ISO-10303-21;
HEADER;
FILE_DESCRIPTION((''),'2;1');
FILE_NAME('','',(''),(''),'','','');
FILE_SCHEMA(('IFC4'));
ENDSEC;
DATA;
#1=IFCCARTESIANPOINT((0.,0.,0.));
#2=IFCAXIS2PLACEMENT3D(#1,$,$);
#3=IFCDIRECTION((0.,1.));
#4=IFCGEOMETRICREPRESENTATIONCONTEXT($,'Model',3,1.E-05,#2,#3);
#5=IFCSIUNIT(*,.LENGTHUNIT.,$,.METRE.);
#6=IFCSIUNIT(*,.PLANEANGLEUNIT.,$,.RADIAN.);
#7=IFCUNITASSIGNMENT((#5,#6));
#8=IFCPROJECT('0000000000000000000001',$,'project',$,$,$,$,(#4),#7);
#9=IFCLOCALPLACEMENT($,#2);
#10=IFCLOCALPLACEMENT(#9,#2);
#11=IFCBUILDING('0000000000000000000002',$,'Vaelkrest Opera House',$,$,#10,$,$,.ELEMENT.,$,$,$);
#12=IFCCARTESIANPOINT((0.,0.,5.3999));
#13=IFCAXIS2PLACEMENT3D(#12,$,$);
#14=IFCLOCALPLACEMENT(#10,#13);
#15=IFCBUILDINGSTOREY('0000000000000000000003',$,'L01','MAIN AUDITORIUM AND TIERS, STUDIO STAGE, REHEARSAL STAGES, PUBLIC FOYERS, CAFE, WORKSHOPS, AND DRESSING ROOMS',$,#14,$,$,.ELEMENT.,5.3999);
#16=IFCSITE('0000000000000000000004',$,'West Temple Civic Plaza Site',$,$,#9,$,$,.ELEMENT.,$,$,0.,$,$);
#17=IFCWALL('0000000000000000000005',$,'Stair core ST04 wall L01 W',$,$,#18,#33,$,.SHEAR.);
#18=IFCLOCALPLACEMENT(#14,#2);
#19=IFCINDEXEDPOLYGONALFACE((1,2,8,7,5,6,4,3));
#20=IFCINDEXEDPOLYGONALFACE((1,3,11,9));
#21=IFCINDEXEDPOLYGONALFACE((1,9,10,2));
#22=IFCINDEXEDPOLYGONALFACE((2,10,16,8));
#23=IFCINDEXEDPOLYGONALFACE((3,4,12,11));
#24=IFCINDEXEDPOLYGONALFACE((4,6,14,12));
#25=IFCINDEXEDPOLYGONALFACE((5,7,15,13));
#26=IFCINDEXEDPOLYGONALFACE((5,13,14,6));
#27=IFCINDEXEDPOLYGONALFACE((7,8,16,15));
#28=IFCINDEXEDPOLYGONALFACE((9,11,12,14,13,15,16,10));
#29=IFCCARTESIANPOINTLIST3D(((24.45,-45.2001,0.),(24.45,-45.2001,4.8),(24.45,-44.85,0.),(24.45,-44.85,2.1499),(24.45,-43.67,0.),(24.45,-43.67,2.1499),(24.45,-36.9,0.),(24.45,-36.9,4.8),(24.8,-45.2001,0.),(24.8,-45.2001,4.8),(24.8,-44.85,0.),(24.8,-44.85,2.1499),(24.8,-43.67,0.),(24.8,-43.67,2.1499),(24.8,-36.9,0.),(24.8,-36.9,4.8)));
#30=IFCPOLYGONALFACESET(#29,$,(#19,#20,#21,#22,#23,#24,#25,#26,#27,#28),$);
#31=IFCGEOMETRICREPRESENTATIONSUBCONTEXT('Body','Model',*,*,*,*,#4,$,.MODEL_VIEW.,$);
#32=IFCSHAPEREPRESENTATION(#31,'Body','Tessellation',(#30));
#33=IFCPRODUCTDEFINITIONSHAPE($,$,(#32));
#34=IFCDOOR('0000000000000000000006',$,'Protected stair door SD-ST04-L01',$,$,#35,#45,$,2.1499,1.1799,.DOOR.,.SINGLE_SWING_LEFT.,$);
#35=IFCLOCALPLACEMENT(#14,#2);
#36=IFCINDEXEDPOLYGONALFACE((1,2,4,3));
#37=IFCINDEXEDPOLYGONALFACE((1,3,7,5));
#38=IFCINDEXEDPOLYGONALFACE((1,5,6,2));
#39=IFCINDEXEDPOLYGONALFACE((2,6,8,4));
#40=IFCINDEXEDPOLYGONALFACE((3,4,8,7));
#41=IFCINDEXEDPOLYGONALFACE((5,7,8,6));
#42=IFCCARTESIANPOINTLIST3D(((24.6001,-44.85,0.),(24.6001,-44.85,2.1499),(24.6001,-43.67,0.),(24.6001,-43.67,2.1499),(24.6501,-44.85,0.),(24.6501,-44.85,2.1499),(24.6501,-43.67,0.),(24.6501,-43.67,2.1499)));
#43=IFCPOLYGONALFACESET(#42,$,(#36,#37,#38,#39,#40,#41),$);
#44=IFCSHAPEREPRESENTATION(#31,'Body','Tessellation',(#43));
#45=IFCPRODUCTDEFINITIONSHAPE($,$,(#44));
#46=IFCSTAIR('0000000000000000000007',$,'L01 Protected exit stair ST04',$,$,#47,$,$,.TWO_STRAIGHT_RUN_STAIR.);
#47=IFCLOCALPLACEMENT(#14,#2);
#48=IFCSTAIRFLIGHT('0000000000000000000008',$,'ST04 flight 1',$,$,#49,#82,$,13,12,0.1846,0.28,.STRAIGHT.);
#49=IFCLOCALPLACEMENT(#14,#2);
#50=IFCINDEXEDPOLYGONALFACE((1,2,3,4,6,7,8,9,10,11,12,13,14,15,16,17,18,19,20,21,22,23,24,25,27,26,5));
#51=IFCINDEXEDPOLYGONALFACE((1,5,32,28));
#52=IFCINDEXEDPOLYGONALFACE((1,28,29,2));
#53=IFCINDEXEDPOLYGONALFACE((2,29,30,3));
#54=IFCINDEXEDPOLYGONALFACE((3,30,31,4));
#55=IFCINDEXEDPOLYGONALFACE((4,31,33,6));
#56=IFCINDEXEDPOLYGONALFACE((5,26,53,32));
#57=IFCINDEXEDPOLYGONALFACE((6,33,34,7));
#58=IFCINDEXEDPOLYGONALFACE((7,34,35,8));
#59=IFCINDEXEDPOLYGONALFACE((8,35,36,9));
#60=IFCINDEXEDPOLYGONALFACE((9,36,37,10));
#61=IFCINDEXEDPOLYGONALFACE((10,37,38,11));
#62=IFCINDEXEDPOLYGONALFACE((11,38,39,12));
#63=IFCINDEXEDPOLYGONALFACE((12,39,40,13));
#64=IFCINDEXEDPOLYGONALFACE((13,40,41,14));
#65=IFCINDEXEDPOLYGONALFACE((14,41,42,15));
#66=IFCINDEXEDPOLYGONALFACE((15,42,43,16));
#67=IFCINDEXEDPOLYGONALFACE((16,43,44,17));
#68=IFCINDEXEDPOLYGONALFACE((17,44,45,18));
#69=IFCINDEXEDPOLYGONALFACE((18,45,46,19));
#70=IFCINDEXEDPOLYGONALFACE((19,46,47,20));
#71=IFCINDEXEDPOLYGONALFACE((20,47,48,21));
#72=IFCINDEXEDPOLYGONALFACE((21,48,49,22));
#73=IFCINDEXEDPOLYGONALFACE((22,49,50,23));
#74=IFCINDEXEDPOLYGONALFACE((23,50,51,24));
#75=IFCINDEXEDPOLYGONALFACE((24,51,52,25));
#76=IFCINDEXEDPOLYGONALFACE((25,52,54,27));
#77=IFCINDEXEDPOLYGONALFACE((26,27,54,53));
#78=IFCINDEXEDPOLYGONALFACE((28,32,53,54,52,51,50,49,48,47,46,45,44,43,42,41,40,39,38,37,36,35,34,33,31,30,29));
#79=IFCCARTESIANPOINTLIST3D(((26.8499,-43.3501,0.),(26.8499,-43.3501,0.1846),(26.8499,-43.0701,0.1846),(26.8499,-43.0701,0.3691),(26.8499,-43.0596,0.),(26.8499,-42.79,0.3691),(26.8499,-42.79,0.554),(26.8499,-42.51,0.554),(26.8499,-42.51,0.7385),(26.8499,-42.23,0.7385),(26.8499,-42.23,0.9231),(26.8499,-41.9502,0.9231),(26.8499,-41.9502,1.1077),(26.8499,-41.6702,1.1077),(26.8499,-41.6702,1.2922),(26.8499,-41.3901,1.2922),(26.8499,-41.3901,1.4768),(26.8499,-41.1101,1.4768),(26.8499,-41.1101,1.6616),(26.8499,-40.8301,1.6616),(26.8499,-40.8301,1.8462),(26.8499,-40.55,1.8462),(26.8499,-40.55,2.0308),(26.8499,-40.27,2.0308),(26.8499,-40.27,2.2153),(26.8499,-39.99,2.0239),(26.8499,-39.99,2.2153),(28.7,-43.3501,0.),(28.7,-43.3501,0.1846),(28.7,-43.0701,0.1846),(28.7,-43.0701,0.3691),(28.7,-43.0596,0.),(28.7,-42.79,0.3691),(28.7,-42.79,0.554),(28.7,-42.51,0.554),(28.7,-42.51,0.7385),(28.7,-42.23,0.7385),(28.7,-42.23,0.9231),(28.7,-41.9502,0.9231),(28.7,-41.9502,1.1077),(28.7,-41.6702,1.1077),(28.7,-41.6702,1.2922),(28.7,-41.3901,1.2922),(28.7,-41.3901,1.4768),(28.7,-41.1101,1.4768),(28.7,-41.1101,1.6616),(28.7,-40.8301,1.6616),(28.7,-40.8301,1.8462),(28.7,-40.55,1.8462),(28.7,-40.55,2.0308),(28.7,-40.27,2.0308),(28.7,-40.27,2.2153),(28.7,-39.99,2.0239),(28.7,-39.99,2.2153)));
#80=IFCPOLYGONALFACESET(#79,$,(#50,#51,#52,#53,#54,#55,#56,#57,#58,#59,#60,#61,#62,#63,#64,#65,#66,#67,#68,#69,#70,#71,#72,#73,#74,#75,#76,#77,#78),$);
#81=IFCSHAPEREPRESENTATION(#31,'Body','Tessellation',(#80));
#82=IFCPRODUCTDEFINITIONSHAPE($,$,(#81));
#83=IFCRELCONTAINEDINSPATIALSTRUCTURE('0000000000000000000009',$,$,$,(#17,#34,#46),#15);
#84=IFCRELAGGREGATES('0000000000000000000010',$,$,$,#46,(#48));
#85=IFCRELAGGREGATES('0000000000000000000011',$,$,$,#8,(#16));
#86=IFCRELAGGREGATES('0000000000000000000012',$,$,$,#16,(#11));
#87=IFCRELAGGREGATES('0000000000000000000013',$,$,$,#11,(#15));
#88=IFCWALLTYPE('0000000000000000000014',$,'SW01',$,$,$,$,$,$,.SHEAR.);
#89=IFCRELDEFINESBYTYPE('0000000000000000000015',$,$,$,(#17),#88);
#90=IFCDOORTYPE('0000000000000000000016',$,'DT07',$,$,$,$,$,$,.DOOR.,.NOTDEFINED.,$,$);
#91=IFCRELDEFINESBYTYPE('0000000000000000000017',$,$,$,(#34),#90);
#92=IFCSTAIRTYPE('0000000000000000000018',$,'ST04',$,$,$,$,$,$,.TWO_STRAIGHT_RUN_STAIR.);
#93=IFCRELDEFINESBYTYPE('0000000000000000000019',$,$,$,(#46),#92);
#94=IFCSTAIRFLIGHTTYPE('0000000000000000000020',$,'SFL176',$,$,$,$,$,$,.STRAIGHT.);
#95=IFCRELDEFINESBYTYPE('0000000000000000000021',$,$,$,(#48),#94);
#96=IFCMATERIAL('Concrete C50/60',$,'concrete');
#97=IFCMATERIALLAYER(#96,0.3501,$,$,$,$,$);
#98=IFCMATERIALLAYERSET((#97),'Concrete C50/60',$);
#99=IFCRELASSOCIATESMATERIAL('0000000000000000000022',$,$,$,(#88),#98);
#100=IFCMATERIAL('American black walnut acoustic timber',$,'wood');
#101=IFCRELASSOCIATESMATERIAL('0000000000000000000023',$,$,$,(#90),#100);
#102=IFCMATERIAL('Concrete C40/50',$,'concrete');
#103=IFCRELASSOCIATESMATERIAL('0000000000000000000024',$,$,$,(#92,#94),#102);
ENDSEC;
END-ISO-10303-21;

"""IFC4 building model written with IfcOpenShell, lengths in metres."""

from ifc_helpers import new_model, si_unit, direction, frame, frame_2d, origin, place, context, subcontext, project, spatial, polyline, rectangle, outline, extrude, material, layer, layer_set, type_object, element, fill, aggregate, save


model = new_model("IFC4")

# Units and contexts
model_context = context("Model", 3, precision=1e-05, world=origin(), true_north=direction((0.0, 1.0)))
body_context = subcontext(model_context, "Body", "Model", "MODEL_VIEW")
ifc_project = project(units=[si_unit("LENGTHUNIT", "METRE"), si_unit("PLANEANGLEUNIT", "RADIAN")], contexts=[model_context])

# Site, building, storey
site_placement = place(None, origin())
site = spatial("IfcSite", under=ifc_project, at=site_placement, Name="West Temple Civic Plaza Site", CompositionType="ELEMENT", RefElevation=0.0)
building_placement = place(site_placement, origin())
building = spatial("IfcBuilding", under=site, at=building_placement, Name="Vaelkrest Opera House", CompositionType="ELEMENT")
storey_placement = place(building_placement, frame((0.0, 0.0, 5.3999)))
storey = spatial("IfcBuildingStorey", under=building, at=storey_placement, Name="L01", Description="MAIN AUDITORIUM AND TIERS, STUDIO STAGE, REHEARSAL STAGES, PUBLIC FOYERS, CAFE, WORKSHOPS, AND DRESSING ROOMS", CompositionType="ELEMENT", Elevation=5.3999)

# Shared definitions
ifc_material_1 = material(Name="Concrete C50/60", Category="concrete")

# Shared definitions
ifc_layer_1 = layer(ifc_material_1, 0.3501)
ifc_layer_set_1 = layer_set([ifc_layer_1], Name="Concrete C50/60")
wall_type = type_object("IfcWallType", Name="SW01", PredefinedType="SHEAR", material=ifc_layer_set_1)

# Wall, opening, door
wall_1_placement = place(storey_placement, frame((24.625, -45.2, 0.0), z_axis=(0.0, 0.0, 1.0), x_axis=(0.0, 1.0, 0.0)))
wall_1 = element("IfcWall", 1, at=wall_1_placement, inside=storey, type_object=wall_type, Name="Stair core ST04 wall L01 W", PredefinedType="SHEAR", context=body_context, shape_type="SweptSolid", body=[
    extrude(rectangle(XDim=8.3, YDim=0.3501, at=frame_2d((4.1499, 0.0))), origin(), (0.0, 0.0, 1.0), 4.8),
])
opening_placement = place(wall_1_placement, frame((0.3501, 0.0, 0.0)))
opening = element("IfcOpeningElement", 2, at=opening_placement, cuts=wall_1, PredefinedType="OPENING", context=body_context, shape_type="SweptSolid", body=[
    extrude(rectangle(XDim=1.1799, YDim=2.1499, at=frame_2d((0.5898, 1.075))), frame((0.0, 0.1851, 0.0), z_axis=(0.0, -1.0, 0.0), x_axis=(1.0, 0.0, 0.0)), (0.0, 0.0, 1.0), 0.3701),
])
ifc_material_2 = material(Name="American black walnut acoustic timber", Category="wood")
door_type = type_object("IfcDoorType", Name="DT07", OperationType="NOTDEFINED", PredefinedType="DOOR", material=ifc_material_2)
door_placement = place(opening_placement, origin())
door = element("IfcDoor", 3, at=door_placement, inside=storey, type_object=door_type, Name="Protected stair door SD-ST04-L01", OperationType="SINGLE_SWING_LEFT", OverallHeight=2.1499, OverallWidth=1.1799, PredefinedType="DOOR", context=body_context, shape_type="SweptSolid", body=[
    extrude(rectangle(XDim=1.1799, YDim=2.1499, at=frame_2d((0.5898, 1.075))), frame((0.0, 0.0249, 0.0), z_axis=(0.0, -1.0, 0.0), x_axis=(1.0, 0.0, 0.0)), (0.0, 0.0, 1.0), 0.05),
])
fill(opening, door)

# Stair, stair flight
ifc_material_3 = material(Name="Concrete C40/50", Category="concrete")
stair_type = type_object("IfcStairType", Name="ST04", PredefinedType="TWO_STRAIGHT_RUN_STAIR", material=ifc_material_3)
stair_placement = place(storey_placement, origin())
stair = element("IfcStair", 4, at=stair_placement, inside=storey, type_object=stair_type, Name="L01 Protected exit stair ST04", PredefinedType="TWO_STRAIGHT_RUN_STAIR")
stair_flight_type = type_object("IfcStairFlightType", Name="SFL176", PredefinedType="STRAIGHT", material=ifc_material_3)
stair_flight_placement = place(storey_placement, frame((27.7749, -43.3501, 0.0), z_axis=(0.0, 0.0, 1.0), x_axis=(0.0, 1.0, 0.0)))
stair_flight = element("IfcStairFlight", 5, at=stair_flight_placement, type_object=stair_flight_type, Name="ST04 flight 1", NumberOfRisers=13, NumberOfTreads=12, PredefinedType="STRAIGHT", RiserHeight=0.1846, TreadLength=0.28, context=body_context, shape_type="SweptSolid", body=[
    extrude(outline(polyline([(0.0, 0.0), (0.0, 0.1846), (0.28, 0.1846), (0.28, 0.3691), (0.5601, 0.3691), (0.5601, 0.554), (0.8401, 0.554), (0.8401, 0.7385), (1.1201, 0.7385), (1.1201, 0.9231), (1.3999, 0.9231), (1.3999, 1.1077), (1.6799, 1.1077), (1.6799, 1.2922), (1.96, 1.2922), (1.96, 1.4768), (2.24, 1.4768), (2.24, 1.6616), (2.52, 1.6616), (2.52, 1.8462), (2.8, 1.8462), (2.8, 2.0308), (3.0801, 2.0308), (3.0801, 2.2153), (3.3601, 2.2153), (3.3601, 2.3999), (3.3601, 2.0239), (0.2905, 0.0), (0.0, 0.0)])), frame((0.0, 0.925, 0.0), z_axis=(0.0, -1.0, 0.0), x_axis=(1.0, 0.0, 0.0)), (0.0, 0.0, 1.0), 1.8501),
])
aggregate(stair, [stair_flight])

save(model, "model.ifc")
